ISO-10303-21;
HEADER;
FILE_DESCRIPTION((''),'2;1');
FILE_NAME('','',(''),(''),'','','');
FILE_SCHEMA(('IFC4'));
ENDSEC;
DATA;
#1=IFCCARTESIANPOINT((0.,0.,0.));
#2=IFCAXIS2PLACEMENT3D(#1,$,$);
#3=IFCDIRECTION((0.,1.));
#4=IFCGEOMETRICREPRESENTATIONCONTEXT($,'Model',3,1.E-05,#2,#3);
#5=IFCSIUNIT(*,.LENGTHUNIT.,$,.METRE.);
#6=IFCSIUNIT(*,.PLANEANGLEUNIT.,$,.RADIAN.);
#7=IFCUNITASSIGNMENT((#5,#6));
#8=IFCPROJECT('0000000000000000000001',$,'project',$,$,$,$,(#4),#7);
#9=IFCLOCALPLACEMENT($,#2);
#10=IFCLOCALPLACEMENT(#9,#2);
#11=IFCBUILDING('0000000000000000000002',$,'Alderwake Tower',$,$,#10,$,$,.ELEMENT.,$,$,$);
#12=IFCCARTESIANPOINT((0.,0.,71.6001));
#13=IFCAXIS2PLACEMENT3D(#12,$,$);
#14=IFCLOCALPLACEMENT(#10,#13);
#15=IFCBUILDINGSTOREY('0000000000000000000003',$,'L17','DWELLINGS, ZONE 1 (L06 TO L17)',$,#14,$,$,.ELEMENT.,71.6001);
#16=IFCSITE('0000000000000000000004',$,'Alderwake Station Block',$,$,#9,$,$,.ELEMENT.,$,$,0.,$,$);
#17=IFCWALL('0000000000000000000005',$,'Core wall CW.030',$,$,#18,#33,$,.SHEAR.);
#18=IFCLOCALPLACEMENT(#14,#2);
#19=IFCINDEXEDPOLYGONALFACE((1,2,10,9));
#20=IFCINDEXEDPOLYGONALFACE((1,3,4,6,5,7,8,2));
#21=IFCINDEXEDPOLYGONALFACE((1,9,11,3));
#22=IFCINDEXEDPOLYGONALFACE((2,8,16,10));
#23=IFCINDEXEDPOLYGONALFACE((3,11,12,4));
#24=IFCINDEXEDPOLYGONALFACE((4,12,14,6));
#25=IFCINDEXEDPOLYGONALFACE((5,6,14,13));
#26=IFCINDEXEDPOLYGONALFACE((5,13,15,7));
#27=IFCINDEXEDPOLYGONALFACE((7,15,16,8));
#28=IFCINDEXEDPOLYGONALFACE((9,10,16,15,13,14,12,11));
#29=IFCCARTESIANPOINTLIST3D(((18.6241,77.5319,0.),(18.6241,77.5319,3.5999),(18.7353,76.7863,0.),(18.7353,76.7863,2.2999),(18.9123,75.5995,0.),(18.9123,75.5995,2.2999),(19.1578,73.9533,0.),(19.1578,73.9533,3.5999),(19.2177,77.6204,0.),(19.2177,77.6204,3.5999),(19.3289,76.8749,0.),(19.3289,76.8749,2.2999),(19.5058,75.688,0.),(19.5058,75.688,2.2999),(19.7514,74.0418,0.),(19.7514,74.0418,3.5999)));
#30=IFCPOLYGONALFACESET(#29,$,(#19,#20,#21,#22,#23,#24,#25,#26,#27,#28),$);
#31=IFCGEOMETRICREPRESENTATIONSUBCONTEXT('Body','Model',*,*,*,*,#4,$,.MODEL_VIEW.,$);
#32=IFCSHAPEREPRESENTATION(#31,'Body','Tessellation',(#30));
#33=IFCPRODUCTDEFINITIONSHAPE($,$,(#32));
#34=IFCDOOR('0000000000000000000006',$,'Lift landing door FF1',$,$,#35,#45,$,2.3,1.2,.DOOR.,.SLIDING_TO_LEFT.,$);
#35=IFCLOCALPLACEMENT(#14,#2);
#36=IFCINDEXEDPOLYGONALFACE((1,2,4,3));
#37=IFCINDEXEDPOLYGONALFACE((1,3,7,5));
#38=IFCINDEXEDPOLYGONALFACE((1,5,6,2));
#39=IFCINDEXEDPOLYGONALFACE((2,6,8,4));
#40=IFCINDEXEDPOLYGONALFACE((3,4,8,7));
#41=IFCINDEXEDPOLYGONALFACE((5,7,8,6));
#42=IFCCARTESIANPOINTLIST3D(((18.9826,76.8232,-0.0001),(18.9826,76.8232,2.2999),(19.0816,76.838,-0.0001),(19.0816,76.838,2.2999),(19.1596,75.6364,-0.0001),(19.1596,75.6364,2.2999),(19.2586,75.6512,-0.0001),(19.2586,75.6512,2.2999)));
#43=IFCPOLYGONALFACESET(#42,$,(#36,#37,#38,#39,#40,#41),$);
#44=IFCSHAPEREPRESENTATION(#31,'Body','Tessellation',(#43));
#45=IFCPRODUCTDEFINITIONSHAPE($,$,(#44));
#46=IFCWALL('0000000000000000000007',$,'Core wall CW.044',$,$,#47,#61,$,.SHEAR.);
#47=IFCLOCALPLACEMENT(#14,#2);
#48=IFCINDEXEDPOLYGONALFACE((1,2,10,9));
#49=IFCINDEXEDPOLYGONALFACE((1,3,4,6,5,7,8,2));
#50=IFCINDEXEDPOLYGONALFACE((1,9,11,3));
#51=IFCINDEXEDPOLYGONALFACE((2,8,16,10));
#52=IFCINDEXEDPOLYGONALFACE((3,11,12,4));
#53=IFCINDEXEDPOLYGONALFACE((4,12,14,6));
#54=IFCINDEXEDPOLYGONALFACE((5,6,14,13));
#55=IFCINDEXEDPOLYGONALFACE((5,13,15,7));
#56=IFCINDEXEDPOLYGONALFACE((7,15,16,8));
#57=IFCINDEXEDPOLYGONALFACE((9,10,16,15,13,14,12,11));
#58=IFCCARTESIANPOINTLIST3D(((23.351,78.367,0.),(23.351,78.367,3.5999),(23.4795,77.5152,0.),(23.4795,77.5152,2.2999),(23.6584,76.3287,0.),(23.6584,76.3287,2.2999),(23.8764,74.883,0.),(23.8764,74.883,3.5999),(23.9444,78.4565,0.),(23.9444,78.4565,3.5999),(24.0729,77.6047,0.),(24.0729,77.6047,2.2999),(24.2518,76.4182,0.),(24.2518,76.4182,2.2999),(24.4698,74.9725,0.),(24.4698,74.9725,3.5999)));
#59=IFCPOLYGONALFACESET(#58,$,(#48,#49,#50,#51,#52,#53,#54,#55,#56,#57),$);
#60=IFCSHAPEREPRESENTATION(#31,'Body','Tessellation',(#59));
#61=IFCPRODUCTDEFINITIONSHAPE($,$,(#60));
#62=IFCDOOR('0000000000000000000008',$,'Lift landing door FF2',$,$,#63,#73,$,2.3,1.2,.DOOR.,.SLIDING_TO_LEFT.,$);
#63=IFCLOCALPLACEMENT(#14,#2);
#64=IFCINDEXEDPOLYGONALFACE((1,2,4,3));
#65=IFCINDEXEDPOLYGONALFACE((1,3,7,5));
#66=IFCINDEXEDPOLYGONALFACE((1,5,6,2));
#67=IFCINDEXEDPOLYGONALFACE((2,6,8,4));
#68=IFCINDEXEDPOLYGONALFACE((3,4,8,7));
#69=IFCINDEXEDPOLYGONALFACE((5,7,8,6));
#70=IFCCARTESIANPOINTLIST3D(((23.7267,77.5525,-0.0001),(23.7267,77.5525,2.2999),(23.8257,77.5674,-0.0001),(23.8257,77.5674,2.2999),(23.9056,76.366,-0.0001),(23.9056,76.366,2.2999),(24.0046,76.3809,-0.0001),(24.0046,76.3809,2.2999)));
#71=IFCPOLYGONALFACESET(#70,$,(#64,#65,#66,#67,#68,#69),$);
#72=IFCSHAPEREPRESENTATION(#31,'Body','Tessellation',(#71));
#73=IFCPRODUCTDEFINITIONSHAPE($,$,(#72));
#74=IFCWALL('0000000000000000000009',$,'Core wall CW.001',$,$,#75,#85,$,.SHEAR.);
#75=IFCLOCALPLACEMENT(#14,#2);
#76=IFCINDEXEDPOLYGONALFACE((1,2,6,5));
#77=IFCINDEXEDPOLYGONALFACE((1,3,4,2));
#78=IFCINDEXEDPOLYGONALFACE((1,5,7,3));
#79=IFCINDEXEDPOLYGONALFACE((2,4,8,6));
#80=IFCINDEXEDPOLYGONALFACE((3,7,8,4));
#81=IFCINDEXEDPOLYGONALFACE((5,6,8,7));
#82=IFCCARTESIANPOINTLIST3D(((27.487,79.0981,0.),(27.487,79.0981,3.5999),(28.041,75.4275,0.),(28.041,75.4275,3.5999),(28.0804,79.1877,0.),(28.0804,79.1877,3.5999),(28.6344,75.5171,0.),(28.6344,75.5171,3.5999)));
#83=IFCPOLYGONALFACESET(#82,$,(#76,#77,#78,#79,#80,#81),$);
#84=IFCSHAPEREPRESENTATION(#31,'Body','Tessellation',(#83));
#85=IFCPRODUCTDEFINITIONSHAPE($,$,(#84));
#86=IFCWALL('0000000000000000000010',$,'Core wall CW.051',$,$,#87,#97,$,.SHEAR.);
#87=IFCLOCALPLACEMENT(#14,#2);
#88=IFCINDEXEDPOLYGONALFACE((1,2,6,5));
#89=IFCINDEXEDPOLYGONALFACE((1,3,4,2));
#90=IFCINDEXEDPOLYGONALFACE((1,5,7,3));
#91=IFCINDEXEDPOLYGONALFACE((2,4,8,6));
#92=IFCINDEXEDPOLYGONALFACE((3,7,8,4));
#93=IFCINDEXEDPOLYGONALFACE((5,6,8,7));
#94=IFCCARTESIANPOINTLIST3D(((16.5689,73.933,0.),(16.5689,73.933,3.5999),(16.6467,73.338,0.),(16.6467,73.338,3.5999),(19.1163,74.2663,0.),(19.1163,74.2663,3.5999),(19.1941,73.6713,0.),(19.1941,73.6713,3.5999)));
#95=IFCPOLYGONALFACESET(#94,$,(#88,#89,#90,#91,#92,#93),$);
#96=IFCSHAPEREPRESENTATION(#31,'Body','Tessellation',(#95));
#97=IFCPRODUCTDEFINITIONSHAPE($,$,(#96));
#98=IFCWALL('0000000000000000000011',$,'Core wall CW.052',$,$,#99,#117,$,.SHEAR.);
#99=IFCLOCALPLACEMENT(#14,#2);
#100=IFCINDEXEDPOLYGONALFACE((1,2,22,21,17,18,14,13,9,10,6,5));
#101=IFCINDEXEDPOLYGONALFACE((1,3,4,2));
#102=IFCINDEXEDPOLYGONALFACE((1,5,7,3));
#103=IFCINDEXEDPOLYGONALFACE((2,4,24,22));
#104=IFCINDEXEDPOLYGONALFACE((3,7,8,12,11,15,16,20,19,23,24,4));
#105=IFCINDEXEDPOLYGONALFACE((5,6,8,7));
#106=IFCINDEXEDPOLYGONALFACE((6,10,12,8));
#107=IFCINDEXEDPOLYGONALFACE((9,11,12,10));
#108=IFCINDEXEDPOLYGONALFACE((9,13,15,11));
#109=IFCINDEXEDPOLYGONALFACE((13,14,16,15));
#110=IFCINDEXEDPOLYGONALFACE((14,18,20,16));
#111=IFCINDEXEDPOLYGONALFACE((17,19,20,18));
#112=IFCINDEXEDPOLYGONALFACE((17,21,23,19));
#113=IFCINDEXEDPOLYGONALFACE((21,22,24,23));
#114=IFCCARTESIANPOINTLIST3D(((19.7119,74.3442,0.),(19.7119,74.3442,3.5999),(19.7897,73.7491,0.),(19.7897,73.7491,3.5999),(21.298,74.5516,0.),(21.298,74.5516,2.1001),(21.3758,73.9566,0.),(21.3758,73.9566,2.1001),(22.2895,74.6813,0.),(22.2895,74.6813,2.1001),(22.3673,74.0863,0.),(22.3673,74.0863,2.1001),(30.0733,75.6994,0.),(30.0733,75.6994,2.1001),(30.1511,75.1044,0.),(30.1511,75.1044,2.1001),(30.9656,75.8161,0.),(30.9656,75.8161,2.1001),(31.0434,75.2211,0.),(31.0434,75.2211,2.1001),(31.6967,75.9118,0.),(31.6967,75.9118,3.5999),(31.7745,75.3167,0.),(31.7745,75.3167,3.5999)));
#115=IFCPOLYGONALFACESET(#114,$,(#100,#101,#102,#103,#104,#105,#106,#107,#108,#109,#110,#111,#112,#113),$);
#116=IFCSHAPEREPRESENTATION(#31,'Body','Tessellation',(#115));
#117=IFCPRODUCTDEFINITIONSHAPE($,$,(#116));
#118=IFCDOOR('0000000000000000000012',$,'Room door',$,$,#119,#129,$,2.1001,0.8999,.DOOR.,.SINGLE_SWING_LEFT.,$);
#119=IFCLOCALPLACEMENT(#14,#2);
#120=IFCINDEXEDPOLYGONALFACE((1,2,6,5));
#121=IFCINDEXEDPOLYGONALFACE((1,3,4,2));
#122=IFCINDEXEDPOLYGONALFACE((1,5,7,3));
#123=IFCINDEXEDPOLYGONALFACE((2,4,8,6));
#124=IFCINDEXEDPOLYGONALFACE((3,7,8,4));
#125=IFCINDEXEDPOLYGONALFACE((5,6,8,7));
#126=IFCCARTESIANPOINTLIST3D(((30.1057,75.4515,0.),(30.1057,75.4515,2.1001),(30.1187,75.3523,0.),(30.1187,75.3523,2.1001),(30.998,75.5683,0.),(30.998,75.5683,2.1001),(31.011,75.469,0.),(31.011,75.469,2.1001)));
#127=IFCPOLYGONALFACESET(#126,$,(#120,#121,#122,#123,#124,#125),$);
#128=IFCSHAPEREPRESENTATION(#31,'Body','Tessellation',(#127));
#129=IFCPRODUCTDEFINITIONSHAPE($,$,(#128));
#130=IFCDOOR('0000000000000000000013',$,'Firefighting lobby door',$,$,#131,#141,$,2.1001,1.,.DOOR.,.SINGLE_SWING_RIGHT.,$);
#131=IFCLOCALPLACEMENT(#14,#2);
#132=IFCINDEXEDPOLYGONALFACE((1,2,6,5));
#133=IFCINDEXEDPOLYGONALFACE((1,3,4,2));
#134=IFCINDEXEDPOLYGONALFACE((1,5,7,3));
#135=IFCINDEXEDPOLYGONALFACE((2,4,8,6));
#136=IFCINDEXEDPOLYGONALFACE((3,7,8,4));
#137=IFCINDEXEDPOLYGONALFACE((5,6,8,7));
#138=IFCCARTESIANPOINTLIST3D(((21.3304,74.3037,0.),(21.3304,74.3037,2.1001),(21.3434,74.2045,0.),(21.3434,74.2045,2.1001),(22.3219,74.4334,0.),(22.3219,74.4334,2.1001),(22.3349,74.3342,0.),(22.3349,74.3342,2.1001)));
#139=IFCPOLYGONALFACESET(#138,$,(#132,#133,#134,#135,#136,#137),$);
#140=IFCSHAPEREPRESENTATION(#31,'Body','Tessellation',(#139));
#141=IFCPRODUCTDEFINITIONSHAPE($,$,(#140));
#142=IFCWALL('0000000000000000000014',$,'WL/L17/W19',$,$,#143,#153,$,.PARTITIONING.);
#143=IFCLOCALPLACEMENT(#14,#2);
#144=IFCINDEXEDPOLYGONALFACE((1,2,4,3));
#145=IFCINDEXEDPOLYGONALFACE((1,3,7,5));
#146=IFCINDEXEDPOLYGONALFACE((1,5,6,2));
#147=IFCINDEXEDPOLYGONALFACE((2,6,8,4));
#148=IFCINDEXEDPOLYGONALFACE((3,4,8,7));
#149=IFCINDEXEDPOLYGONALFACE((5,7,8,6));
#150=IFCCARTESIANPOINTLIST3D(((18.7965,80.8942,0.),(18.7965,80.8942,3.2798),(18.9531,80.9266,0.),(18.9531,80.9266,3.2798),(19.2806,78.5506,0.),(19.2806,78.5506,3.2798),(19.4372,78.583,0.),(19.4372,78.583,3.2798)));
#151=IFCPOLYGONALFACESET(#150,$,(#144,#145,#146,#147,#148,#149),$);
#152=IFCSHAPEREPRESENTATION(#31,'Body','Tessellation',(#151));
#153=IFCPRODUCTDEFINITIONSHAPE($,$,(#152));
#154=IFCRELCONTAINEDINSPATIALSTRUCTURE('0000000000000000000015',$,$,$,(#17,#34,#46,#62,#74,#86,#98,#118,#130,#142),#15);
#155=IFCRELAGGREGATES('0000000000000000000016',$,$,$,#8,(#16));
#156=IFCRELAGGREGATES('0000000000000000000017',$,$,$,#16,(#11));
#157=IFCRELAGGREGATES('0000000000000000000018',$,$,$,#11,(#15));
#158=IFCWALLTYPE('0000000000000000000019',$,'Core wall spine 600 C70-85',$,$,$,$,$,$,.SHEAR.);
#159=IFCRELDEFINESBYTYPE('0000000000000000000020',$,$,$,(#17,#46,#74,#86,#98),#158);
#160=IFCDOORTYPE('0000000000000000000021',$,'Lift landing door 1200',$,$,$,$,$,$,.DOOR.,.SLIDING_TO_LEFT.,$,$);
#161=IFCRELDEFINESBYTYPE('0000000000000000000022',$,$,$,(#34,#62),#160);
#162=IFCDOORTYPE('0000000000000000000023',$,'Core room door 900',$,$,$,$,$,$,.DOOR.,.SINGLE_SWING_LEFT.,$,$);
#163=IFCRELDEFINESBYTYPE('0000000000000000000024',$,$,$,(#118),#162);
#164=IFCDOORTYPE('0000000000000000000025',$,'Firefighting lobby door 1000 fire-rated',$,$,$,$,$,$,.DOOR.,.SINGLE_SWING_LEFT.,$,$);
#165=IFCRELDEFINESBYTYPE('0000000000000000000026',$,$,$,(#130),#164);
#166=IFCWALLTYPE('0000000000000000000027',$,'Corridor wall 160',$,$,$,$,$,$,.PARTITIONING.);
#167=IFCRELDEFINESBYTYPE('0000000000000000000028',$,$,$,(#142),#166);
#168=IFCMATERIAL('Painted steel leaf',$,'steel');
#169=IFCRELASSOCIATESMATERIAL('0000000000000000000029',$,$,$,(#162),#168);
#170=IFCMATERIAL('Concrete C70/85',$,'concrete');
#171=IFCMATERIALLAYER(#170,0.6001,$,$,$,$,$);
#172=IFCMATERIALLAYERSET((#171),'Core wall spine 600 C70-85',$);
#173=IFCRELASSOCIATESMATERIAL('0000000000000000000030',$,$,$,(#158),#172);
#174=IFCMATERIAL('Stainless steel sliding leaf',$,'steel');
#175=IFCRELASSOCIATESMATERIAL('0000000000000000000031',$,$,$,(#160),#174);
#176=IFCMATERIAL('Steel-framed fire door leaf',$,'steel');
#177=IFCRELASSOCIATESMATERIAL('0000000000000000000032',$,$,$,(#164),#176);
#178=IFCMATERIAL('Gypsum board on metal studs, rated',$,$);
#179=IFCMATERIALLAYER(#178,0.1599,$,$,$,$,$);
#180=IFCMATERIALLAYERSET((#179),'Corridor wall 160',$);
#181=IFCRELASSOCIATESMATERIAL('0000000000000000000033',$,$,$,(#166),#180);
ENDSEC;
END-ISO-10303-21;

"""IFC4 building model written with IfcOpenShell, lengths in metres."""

from ifc_helpers import new_model, si_unit, direction, frame, frame_2d, origin, place, context, subcontext, project, spatial, rectangle, extrude, material, layer, layer_set, type_object, element, fill, save


model = new_model("IFC4")

# Units and contexts
model_context = context("Model", 3, precision=1e-05, world=origin(), true_north=direction((0.0, 1.0)))
body_context = subcontext(model_context, "Body", "Model", "MODEL_VIEW")
ifc_project = project(units=[si_unit("LENGTHUNIT", "METRE"), si_unit("PLANEANGLEUNIT", "RADIAN")], contexts=[model_context])

# Site, building, storey
site_placement = place(None, origin())
site = spatial("IfcSite", under=ifc_project, at=site_placement, Name="Alderwake Station Block", CompositionType="ELEMENT", RefElevation=0.0)
building_placement = place(site_placement, origin())
building = spatial("IfcBuilding", under=site, at=building_placement, Name="Alderwake Tower", CompositionType="ELEMENT")
storey_placement = place(building_placement, frame((0.0, 0.0, 71.6001)))
storey = spatial("IfcBuildingStorey", under=building, at=storey_placement, Name="L17", Description="DWELLINGS, ZONE 1 (L06 TO L17)", CompositionType="ELEMENT", Elevation=71.6001)

# Shared definitions
ifc_material_1 = material(Name="Painted steel leaf", Category="steel")
door_type_1 = type_object("IfcDoorType", Name="Core room door 900", OperationType="SINGLE_SWING_LEFT", PredefinedType="DOOR", material=ifc_material_1)

# Walls, openings, doors
ifc_material_2 = material(Name="Concrete C70/85", Category="concrete")
ifc_layer_1 = layer(ifc_material_2, 0.6001)
ifc_layer_set_1 = layer_set([ifc_layer_1], Name="Core wall spine 600 C70-85")
wall_type_1 = type_object("IfcWallType", Name="Core wall spine 600 C70-85", PredefinedType="SHEAR", material=ifc_layer_set_1)
wall_1_placement = place(storey_placement, frame((19.4546, 73.9976, 0.0), z_axis=(0.0, 0.0, 1.0), x_axis=(-0.147502, 0.989062, 0.0)))
wall_1 = element("IfcWall", 1, at=wall_1_placement, inside=storey, type_object=wall_type_1, Name="Core wall CW.030", PredefinedType="SHEAR", context=body_context, shape_type="SweptSolid", body=[
    extrude(rectangle(XDim=3.6182, YDim=0.6001, at=frame_2d((1.8091, 0.0))), origin(), (0.0, 0.0, 1.0), 3.5999),
])
opening_1_placement = place(wall_1_placement, frame((1.6643, 0.0, 0.0)))
opening_1 = element("IfcOpeningElement", 2, at=opening_1_placement, cuts=wall_1, PredefinedType="OPENING", context=body_context, shape_type="SweptSolid", body=[
    extrude(rectangle(XDim=1.2, YDim=2.3, at=frame_2d((0.6001, 1.1499))), frame((0.0, 0.3101, 0.0), z_axis=(0.0, -1.0, 0.0), x_axis=(1.0, 0.0, 0.0)), (0.0, 0.0, 1.0), 0.6201),
])
ifc_material_3 = material(Name="Stainless steel sliding leaf", Category="steel")
door_type_2 = type_object("IfcDoorType", Name="Lift landing door 1200", OperationType="SLIDING_TO_LEFT", PredefinedType="DOOR", material=ifc_material_3)
door_1_placement = place(opening_1_placement, origin())
door_1 = element("IfcDoor", 3, at=door_1_placement, inside=storey, type_object=door_type_2, Name="Lift landing door FF1", OperationType="SLIDING_TO_LEFT", OverallHeight=2.3, OverallWidth=1.2, PredefinedType="DOOR", context=body_context, shape_type="SweptSolid", body=[
    extrude(rectangle(XDim=1.2, YDim=2.3, at=frame_2d((0.6001, 1.1499))), frame((0.0, 0.05, 0.0), z_axis=(0.0, -1.0, 0.0), x_axis=(1.0, 0.0, 0.0)), (0.0, 0.0, 1.0), 0.1001),
])
fill(opening_1, door_1)
wall_2_placement = place(storey_placement, frame((24.1731, 74.9277, 0.0), z_axis=(0.0, 0.0, 1.0), x_axis=(-0.14911, 0.988821, 0.0)))
wall_2 = element("IfcWall", 4, at=wall_2_placement, inside=storey, type_object=wall_type_1, Name="Core wall CW.044", PredefinedType="SHEAR", context=body_context, shape_type="SweptSolid", body=[
    extrude(rectangle(XDim=3.5234, YDim=0.6001, at=frame_2d((1.7617, 0.0))), origin(), (0.0, 0.0, 1.0), 3.5999),
])
opening_2_placement = place(wall_2_placement, frame((1.4619, 0.0, 0.0)))
opening_2 = element("IfcOpeningElement", 5, at=opening_2_placement, cuts=wall_2, PredefinedType="OPENING", context=body_context, shape_type="SweptSolid", body=[
    extrude(rectangle(XDim=1.2, YDim=2.3, at=frame_2d((0.6001, 1.1499))), frame((0.0, 0.3101, 0.0), z_axis=(0.0, -1.0, 0.0), x_axis=(1.0, 0.0, 0.0)), (0.0, 0.0, 1.0), 0.6201),
])
door_2_placement = place(opening_2_placement, origin())
door_2 = element("IfcDoor", 6, at=door_2_placement, inside=storey, type_object=door_type_2, Name="Lift landing door FF2", OperationType="SLIDING_TO_LEFT", OverallHeight=2.3, OverallWidth=1.2, PredefinedType="DOOR", context=body_context, shape_type="SweptSolid", body=[
    extrude(rectangle(XDim=1.2, YDim=2.3, at=frame_2d((0.6001, 1.1499))), frame((0.0, 0.05, 0.0), z_axis=(0.0, -1.0, 0.0), x_axis=(1.0, 0.0, 0.0)), (0.0, 0.0, 1.0), 0.1001),
])
fill(opening_2, door_2)

# Walls
wall_3_placement = place(storey_placement, frame((28.3376, 75.4724, 0.0), z_axis=(0.0, 0.0, 1.0), x_axis=(-0.149225, 0.988803, 0.0)))
element("IfcWall", 7, at=wall_3_placement, inside=storey, type_object=wall_type_1, Name="Core wall CW.001", PredefinedType="SHEAR", context=body_context, shape_type="SweptSolid", body=[
    extrude(rectangle(XDim=3.7122, YDim=0.6001, at=frame_2d((1.856, 0.0))), origin(), (0.0, 0.0, 1.0), 3.5999),
])
wall_4_placement = place(storey_placement, frame((16.6077, 73.6355, 0.0), z_axis=(0.0, 0.0, 1.0), x_axis=(0.991551, 0.129717, 0.0)))
element("IfcWall", 8, at=wall_4_placement, inside=storey, type_object=wall_type_1, Name="Core wall CW.051", PredefinedType="SHEAR", context=body_context, shape_type="SweptSolid", body=[
    extrude(rectangle(XDim=2.5691, YDim=0.6001, at=frame_2d((1.2847, 0.0))), origin(), (0.0, 0.0, 1.0), 3.5999),
])

# Wall, openings, doors
wall_5_placement = place(storey_placement, frame((31.7356, 75.6143, 0.0), z_axis=(0.0, 0.0, 1.0), x_axis=(-0.991554, -0.129696, 0.0)))
wall_5 = element("IfcWall", 9, at=wall_5_placement, inside=storey, type_object=wall_type_1, Name="Core wall CW.052", PredefinedType="SHEAR", context=body_context, shape_type="SweptSolid", body=[
    extrude(rectangle(XDim=12.0869, YDim=0.6001, at=frame_2d((6.0435, 0.0))), origin(), (0.0, 0.0, 1.0), 3.5999),
])
opening_3_placement = place(wall_5_placement, frame((9.4873, 0.0, 0.0)))
opening_3 = element("IfcOpeningElement", 10, at=opening_3_placement, cuts=wall_5, PredefinedType="OPENING", context=body_context, shape_type="SweptSolid", body=[
    extrude(rectangle(XDim=1.0, YDim=2.1001, at=frame_2d((0.5, 1.05))), frame((0.0, 0.3101, 0.0), z_axis=(0.0, -1.0, 0.0), x_axis=(1.0, 0.0, 0.0)), (0.0, 0.0, 1.0), 0.6201),
])
opening_4_placement = place(wall_5_placement, frame((0.7373, 0.0, 0.0)))
opening_4 = element("IfcOpeningElement", 11, at=opening_4_placement, cuts=wall_5, PredefinedType="OPENING", context=body_context, shape_type="SweptSolid", body=[
    extrude(rectangle(XDim=0.8999, YDim=2.1001, at=frame_2d((0.45, 1.05))), frame((0.0, 0.3101, 0.0), z_axis=(0.0, -1.0, 0.0), x_axis=(1.0, 0.0, 0.0)), (0.0, 0.0, 1.0), 0.6201),
])
door_3_placement = place(opening_4_placement, origin())
door_3 = element("IfcDoor", 12, at=door_3_placement, inside=storey, type_object=door_type_1, Name="Room door", OperationType="SINGLE_SWING_LEFT", OverallHeight=2.1001, OverallWidth=0.8999, PredefinedType="DOOR", context=body_context, shape_type="SweptSolid", body=[
    extrude(rectangle(XDim=0.8999, YDim=2.1001, at=frame_2d((0.45, 1.05))), frame((0.0, 0.05, 0.0), z_axis=(0.0, -1.0, 0.0), x_axis=(1.0, 0.0, 0.0)), (0.0, 0.0, 1.0), 0.1001),
])
fill(opening_4, door_3)
ifc_material_4 = material(Name="Steel-framed fire door leaf", Category="steel")
door_type_3 = type_object("IfcDoorType", Name="Firefighting lobby door 1000 fire-rated", OperationType="SINGLE_SWING_LEFT", PredefinedType="DOOR", material=ifc_material_4)
door_4_placement = place(opening_3_placement, origin())
door_4 = element("IfcDoor", 13, at=door_4_placement, inside=storey, type_object=door_type_3, Name="Firefighting lobby door", OperationType="SINGLE_SWING_RIGHT", OverallHeight=2.1001, OverallWidth=1.0, PredefinedType="DOOR", context=body_context, shape_type="SweptSolid", body=[
    extrude(rectangle(XDim=1.0, YDim=2.1001, at=frame_2d((0.5, 1.05))), frame((0.0, 0.05, 0.0), z_axis=(0.0, -1.0, 0.0), x_axis=(1.0, 0.0, 0.0)), (0.0, 0.0, 1.0), 0.1001),
])
fill(opening_3, door_4)

# Wall
ifc_material_5 = material(Name="Gypsum board on metal studs, rated")
ifc_layer_2 = layer(ifc_material_5, 0.1599)
ifc_layer_set_2 = layer_set([ifc_layer_2], Name="Corridor wall 160")
wall_type_2 = type_object("IfcWallType", Name="Corridor wall 160", PredefinedType="PARTITIONING", material=ifc_layer_set_2)
wall_6_placement = place(storey_placement, frame((18.8748, 80.9104, 0.0), z_axis=(0.0, 0.0, 1.0), x_axis=(0.202312, -0.979321, 0.0)))
element("IfcWall", 14, at=wall_6_placement, inside=storey, type_object=wall_type_2, Name="WL/L17/W19", PredefinedType="PARTITIONING", context=body_context, shape_type="SweptSolid", body=[
    extrude(rectangle(XDim=2.3931, YDim=0.1599, at=frame_2d((1.1965, 0.0))), origin(), (0.0, 0.0, 1.0), 3.2798),
])

save(model, "model.ifc")
